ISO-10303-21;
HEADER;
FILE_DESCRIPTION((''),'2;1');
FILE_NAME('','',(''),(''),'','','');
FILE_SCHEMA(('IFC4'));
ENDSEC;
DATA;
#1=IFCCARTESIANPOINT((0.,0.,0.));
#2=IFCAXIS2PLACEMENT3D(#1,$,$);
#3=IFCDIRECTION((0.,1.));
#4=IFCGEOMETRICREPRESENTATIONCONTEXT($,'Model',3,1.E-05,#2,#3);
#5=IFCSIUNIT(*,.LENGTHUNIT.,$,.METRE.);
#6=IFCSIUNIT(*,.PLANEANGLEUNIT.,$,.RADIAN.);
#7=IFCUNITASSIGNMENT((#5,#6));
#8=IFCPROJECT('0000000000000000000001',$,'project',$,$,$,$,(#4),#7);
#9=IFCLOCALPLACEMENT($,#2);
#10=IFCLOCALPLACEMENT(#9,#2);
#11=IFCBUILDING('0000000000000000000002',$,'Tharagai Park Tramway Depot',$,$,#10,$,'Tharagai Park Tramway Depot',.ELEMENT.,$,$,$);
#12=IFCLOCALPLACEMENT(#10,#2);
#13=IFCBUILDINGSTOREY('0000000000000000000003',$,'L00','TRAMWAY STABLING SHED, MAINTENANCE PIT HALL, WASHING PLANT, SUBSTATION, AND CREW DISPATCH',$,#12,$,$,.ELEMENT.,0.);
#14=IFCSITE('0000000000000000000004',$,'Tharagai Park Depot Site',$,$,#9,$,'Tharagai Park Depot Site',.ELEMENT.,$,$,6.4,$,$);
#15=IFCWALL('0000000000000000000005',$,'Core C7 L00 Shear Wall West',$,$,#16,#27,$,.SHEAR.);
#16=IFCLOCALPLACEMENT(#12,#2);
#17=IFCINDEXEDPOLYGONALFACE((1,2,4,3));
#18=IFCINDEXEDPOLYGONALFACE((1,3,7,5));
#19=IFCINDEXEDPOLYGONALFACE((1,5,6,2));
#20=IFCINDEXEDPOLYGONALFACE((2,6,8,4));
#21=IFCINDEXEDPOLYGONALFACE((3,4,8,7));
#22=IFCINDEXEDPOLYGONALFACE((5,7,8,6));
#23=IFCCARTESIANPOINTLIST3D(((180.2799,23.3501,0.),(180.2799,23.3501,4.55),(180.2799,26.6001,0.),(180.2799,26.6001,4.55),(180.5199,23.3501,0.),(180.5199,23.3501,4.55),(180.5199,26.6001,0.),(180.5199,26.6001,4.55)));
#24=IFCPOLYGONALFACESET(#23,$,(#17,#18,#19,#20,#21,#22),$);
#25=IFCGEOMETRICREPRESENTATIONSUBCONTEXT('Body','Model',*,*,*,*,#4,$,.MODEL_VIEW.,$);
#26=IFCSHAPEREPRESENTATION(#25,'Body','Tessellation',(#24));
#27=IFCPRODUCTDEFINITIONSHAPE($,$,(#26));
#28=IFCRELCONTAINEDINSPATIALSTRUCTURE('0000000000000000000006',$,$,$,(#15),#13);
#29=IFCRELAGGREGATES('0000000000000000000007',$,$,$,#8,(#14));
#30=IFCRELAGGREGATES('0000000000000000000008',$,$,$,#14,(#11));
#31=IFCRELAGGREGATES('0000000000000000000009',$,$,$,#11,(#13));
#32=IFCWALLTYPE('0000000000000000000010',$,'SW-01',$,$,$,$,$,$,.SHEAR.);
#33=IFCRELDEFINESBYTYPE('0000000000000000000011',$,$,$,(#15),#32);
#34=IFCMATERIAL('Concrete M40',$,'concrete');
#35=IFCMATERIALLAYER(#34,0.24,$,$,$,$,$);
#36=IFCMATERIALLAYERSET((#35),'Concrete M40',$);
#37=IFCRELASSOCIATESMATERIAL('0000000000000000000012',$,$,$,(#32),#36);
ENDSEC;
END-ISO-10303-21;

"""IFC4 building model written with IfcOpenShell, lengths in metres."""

from ifc_helpers import new_model, si_unit, direction, frame, frame_2d, origin, place, context, subcontext, project, spatial, rectangle, extrude, material, layer, layer_set, type_object, element, save


model = new_model("IFC4")

# Units and contexts
model_context = context("Model", 3, precision=1e-05, world=origin(), true_north=direction((0.0, 1.0)))
body_context = subcontext(model_context, "Body", "Model", "MODEL_VIEW")
ifc_project = project(units=[si_unit("LENGTHUNIT", "METRE"), si_unit("PLANEANGLEUNIT", "RADIAN")], contexts=[model_context])

# Site, building, storey
site_placement = place(None, origin())
site = spatial("IfcSite", under=ifc_project, at=site_placement, Name="Tharagai Park Depot Site", LongName="Tharagai Park Depot Site", CompositionType="ELEMENT", RefElevation=6.4)
building_placement = place(site_placement, origin())
building = spatial("IfcBuilding", under=site, at=building_placement, Name="Tharagai Park Tramway Depot", LongName="Tharagai Park Tramway Depot", CompositionType="ELEMENT")
storey_placement = place(building_placement, origin())
storey = spatial("IfcBuildingStorey", under=building, at=storey_placement, Name="L00", Description="TRAMWAY STABLING SHED, MAINTENANCE PIT HALL, WASHING PLANT, SUBSTATION, AND CREW DISPATCH", CompositionType="ELEMENT", Elevation=0.0)

# Shared definitions
ifc_material_1 = material(Name="Concrete M40", Category="concrete")

# Shared definitions
ifc_layer_1 = layer(ifc_material_1, 0.24)
ifc_layer_set_1 = layer_set([ifc_layer_1], Name="Concrete M40")
wall_type_1 = type_object("IfcWallType", Name="SW-01", PredefinedType="SHEAR", material=ifc_layer_set_1)

# Wall
wall_1_placement = place(storey_placement, frame((180.3999, 23.3501, 0.0), z_axis=(0.0, 0.0, 1.0), x_axis=(0.0, 1.0, 0.0)))
element("IfcWall", 1, at=wall_1_placement, inside=storey, type_object=wall_type_1, Name="Core C7 L00 Shear Wall West", PredefinedType="SHEAR", context=body_context, shape_type="SweptSolid", body=[
    extrude(rectangle(XDim=3.25, YDim=0.24, at=frame_2d((1.625, 0.0))), origin(), (0.0, 0.0, 1.0), 4.55),
])

save(model, "model.ifc")
